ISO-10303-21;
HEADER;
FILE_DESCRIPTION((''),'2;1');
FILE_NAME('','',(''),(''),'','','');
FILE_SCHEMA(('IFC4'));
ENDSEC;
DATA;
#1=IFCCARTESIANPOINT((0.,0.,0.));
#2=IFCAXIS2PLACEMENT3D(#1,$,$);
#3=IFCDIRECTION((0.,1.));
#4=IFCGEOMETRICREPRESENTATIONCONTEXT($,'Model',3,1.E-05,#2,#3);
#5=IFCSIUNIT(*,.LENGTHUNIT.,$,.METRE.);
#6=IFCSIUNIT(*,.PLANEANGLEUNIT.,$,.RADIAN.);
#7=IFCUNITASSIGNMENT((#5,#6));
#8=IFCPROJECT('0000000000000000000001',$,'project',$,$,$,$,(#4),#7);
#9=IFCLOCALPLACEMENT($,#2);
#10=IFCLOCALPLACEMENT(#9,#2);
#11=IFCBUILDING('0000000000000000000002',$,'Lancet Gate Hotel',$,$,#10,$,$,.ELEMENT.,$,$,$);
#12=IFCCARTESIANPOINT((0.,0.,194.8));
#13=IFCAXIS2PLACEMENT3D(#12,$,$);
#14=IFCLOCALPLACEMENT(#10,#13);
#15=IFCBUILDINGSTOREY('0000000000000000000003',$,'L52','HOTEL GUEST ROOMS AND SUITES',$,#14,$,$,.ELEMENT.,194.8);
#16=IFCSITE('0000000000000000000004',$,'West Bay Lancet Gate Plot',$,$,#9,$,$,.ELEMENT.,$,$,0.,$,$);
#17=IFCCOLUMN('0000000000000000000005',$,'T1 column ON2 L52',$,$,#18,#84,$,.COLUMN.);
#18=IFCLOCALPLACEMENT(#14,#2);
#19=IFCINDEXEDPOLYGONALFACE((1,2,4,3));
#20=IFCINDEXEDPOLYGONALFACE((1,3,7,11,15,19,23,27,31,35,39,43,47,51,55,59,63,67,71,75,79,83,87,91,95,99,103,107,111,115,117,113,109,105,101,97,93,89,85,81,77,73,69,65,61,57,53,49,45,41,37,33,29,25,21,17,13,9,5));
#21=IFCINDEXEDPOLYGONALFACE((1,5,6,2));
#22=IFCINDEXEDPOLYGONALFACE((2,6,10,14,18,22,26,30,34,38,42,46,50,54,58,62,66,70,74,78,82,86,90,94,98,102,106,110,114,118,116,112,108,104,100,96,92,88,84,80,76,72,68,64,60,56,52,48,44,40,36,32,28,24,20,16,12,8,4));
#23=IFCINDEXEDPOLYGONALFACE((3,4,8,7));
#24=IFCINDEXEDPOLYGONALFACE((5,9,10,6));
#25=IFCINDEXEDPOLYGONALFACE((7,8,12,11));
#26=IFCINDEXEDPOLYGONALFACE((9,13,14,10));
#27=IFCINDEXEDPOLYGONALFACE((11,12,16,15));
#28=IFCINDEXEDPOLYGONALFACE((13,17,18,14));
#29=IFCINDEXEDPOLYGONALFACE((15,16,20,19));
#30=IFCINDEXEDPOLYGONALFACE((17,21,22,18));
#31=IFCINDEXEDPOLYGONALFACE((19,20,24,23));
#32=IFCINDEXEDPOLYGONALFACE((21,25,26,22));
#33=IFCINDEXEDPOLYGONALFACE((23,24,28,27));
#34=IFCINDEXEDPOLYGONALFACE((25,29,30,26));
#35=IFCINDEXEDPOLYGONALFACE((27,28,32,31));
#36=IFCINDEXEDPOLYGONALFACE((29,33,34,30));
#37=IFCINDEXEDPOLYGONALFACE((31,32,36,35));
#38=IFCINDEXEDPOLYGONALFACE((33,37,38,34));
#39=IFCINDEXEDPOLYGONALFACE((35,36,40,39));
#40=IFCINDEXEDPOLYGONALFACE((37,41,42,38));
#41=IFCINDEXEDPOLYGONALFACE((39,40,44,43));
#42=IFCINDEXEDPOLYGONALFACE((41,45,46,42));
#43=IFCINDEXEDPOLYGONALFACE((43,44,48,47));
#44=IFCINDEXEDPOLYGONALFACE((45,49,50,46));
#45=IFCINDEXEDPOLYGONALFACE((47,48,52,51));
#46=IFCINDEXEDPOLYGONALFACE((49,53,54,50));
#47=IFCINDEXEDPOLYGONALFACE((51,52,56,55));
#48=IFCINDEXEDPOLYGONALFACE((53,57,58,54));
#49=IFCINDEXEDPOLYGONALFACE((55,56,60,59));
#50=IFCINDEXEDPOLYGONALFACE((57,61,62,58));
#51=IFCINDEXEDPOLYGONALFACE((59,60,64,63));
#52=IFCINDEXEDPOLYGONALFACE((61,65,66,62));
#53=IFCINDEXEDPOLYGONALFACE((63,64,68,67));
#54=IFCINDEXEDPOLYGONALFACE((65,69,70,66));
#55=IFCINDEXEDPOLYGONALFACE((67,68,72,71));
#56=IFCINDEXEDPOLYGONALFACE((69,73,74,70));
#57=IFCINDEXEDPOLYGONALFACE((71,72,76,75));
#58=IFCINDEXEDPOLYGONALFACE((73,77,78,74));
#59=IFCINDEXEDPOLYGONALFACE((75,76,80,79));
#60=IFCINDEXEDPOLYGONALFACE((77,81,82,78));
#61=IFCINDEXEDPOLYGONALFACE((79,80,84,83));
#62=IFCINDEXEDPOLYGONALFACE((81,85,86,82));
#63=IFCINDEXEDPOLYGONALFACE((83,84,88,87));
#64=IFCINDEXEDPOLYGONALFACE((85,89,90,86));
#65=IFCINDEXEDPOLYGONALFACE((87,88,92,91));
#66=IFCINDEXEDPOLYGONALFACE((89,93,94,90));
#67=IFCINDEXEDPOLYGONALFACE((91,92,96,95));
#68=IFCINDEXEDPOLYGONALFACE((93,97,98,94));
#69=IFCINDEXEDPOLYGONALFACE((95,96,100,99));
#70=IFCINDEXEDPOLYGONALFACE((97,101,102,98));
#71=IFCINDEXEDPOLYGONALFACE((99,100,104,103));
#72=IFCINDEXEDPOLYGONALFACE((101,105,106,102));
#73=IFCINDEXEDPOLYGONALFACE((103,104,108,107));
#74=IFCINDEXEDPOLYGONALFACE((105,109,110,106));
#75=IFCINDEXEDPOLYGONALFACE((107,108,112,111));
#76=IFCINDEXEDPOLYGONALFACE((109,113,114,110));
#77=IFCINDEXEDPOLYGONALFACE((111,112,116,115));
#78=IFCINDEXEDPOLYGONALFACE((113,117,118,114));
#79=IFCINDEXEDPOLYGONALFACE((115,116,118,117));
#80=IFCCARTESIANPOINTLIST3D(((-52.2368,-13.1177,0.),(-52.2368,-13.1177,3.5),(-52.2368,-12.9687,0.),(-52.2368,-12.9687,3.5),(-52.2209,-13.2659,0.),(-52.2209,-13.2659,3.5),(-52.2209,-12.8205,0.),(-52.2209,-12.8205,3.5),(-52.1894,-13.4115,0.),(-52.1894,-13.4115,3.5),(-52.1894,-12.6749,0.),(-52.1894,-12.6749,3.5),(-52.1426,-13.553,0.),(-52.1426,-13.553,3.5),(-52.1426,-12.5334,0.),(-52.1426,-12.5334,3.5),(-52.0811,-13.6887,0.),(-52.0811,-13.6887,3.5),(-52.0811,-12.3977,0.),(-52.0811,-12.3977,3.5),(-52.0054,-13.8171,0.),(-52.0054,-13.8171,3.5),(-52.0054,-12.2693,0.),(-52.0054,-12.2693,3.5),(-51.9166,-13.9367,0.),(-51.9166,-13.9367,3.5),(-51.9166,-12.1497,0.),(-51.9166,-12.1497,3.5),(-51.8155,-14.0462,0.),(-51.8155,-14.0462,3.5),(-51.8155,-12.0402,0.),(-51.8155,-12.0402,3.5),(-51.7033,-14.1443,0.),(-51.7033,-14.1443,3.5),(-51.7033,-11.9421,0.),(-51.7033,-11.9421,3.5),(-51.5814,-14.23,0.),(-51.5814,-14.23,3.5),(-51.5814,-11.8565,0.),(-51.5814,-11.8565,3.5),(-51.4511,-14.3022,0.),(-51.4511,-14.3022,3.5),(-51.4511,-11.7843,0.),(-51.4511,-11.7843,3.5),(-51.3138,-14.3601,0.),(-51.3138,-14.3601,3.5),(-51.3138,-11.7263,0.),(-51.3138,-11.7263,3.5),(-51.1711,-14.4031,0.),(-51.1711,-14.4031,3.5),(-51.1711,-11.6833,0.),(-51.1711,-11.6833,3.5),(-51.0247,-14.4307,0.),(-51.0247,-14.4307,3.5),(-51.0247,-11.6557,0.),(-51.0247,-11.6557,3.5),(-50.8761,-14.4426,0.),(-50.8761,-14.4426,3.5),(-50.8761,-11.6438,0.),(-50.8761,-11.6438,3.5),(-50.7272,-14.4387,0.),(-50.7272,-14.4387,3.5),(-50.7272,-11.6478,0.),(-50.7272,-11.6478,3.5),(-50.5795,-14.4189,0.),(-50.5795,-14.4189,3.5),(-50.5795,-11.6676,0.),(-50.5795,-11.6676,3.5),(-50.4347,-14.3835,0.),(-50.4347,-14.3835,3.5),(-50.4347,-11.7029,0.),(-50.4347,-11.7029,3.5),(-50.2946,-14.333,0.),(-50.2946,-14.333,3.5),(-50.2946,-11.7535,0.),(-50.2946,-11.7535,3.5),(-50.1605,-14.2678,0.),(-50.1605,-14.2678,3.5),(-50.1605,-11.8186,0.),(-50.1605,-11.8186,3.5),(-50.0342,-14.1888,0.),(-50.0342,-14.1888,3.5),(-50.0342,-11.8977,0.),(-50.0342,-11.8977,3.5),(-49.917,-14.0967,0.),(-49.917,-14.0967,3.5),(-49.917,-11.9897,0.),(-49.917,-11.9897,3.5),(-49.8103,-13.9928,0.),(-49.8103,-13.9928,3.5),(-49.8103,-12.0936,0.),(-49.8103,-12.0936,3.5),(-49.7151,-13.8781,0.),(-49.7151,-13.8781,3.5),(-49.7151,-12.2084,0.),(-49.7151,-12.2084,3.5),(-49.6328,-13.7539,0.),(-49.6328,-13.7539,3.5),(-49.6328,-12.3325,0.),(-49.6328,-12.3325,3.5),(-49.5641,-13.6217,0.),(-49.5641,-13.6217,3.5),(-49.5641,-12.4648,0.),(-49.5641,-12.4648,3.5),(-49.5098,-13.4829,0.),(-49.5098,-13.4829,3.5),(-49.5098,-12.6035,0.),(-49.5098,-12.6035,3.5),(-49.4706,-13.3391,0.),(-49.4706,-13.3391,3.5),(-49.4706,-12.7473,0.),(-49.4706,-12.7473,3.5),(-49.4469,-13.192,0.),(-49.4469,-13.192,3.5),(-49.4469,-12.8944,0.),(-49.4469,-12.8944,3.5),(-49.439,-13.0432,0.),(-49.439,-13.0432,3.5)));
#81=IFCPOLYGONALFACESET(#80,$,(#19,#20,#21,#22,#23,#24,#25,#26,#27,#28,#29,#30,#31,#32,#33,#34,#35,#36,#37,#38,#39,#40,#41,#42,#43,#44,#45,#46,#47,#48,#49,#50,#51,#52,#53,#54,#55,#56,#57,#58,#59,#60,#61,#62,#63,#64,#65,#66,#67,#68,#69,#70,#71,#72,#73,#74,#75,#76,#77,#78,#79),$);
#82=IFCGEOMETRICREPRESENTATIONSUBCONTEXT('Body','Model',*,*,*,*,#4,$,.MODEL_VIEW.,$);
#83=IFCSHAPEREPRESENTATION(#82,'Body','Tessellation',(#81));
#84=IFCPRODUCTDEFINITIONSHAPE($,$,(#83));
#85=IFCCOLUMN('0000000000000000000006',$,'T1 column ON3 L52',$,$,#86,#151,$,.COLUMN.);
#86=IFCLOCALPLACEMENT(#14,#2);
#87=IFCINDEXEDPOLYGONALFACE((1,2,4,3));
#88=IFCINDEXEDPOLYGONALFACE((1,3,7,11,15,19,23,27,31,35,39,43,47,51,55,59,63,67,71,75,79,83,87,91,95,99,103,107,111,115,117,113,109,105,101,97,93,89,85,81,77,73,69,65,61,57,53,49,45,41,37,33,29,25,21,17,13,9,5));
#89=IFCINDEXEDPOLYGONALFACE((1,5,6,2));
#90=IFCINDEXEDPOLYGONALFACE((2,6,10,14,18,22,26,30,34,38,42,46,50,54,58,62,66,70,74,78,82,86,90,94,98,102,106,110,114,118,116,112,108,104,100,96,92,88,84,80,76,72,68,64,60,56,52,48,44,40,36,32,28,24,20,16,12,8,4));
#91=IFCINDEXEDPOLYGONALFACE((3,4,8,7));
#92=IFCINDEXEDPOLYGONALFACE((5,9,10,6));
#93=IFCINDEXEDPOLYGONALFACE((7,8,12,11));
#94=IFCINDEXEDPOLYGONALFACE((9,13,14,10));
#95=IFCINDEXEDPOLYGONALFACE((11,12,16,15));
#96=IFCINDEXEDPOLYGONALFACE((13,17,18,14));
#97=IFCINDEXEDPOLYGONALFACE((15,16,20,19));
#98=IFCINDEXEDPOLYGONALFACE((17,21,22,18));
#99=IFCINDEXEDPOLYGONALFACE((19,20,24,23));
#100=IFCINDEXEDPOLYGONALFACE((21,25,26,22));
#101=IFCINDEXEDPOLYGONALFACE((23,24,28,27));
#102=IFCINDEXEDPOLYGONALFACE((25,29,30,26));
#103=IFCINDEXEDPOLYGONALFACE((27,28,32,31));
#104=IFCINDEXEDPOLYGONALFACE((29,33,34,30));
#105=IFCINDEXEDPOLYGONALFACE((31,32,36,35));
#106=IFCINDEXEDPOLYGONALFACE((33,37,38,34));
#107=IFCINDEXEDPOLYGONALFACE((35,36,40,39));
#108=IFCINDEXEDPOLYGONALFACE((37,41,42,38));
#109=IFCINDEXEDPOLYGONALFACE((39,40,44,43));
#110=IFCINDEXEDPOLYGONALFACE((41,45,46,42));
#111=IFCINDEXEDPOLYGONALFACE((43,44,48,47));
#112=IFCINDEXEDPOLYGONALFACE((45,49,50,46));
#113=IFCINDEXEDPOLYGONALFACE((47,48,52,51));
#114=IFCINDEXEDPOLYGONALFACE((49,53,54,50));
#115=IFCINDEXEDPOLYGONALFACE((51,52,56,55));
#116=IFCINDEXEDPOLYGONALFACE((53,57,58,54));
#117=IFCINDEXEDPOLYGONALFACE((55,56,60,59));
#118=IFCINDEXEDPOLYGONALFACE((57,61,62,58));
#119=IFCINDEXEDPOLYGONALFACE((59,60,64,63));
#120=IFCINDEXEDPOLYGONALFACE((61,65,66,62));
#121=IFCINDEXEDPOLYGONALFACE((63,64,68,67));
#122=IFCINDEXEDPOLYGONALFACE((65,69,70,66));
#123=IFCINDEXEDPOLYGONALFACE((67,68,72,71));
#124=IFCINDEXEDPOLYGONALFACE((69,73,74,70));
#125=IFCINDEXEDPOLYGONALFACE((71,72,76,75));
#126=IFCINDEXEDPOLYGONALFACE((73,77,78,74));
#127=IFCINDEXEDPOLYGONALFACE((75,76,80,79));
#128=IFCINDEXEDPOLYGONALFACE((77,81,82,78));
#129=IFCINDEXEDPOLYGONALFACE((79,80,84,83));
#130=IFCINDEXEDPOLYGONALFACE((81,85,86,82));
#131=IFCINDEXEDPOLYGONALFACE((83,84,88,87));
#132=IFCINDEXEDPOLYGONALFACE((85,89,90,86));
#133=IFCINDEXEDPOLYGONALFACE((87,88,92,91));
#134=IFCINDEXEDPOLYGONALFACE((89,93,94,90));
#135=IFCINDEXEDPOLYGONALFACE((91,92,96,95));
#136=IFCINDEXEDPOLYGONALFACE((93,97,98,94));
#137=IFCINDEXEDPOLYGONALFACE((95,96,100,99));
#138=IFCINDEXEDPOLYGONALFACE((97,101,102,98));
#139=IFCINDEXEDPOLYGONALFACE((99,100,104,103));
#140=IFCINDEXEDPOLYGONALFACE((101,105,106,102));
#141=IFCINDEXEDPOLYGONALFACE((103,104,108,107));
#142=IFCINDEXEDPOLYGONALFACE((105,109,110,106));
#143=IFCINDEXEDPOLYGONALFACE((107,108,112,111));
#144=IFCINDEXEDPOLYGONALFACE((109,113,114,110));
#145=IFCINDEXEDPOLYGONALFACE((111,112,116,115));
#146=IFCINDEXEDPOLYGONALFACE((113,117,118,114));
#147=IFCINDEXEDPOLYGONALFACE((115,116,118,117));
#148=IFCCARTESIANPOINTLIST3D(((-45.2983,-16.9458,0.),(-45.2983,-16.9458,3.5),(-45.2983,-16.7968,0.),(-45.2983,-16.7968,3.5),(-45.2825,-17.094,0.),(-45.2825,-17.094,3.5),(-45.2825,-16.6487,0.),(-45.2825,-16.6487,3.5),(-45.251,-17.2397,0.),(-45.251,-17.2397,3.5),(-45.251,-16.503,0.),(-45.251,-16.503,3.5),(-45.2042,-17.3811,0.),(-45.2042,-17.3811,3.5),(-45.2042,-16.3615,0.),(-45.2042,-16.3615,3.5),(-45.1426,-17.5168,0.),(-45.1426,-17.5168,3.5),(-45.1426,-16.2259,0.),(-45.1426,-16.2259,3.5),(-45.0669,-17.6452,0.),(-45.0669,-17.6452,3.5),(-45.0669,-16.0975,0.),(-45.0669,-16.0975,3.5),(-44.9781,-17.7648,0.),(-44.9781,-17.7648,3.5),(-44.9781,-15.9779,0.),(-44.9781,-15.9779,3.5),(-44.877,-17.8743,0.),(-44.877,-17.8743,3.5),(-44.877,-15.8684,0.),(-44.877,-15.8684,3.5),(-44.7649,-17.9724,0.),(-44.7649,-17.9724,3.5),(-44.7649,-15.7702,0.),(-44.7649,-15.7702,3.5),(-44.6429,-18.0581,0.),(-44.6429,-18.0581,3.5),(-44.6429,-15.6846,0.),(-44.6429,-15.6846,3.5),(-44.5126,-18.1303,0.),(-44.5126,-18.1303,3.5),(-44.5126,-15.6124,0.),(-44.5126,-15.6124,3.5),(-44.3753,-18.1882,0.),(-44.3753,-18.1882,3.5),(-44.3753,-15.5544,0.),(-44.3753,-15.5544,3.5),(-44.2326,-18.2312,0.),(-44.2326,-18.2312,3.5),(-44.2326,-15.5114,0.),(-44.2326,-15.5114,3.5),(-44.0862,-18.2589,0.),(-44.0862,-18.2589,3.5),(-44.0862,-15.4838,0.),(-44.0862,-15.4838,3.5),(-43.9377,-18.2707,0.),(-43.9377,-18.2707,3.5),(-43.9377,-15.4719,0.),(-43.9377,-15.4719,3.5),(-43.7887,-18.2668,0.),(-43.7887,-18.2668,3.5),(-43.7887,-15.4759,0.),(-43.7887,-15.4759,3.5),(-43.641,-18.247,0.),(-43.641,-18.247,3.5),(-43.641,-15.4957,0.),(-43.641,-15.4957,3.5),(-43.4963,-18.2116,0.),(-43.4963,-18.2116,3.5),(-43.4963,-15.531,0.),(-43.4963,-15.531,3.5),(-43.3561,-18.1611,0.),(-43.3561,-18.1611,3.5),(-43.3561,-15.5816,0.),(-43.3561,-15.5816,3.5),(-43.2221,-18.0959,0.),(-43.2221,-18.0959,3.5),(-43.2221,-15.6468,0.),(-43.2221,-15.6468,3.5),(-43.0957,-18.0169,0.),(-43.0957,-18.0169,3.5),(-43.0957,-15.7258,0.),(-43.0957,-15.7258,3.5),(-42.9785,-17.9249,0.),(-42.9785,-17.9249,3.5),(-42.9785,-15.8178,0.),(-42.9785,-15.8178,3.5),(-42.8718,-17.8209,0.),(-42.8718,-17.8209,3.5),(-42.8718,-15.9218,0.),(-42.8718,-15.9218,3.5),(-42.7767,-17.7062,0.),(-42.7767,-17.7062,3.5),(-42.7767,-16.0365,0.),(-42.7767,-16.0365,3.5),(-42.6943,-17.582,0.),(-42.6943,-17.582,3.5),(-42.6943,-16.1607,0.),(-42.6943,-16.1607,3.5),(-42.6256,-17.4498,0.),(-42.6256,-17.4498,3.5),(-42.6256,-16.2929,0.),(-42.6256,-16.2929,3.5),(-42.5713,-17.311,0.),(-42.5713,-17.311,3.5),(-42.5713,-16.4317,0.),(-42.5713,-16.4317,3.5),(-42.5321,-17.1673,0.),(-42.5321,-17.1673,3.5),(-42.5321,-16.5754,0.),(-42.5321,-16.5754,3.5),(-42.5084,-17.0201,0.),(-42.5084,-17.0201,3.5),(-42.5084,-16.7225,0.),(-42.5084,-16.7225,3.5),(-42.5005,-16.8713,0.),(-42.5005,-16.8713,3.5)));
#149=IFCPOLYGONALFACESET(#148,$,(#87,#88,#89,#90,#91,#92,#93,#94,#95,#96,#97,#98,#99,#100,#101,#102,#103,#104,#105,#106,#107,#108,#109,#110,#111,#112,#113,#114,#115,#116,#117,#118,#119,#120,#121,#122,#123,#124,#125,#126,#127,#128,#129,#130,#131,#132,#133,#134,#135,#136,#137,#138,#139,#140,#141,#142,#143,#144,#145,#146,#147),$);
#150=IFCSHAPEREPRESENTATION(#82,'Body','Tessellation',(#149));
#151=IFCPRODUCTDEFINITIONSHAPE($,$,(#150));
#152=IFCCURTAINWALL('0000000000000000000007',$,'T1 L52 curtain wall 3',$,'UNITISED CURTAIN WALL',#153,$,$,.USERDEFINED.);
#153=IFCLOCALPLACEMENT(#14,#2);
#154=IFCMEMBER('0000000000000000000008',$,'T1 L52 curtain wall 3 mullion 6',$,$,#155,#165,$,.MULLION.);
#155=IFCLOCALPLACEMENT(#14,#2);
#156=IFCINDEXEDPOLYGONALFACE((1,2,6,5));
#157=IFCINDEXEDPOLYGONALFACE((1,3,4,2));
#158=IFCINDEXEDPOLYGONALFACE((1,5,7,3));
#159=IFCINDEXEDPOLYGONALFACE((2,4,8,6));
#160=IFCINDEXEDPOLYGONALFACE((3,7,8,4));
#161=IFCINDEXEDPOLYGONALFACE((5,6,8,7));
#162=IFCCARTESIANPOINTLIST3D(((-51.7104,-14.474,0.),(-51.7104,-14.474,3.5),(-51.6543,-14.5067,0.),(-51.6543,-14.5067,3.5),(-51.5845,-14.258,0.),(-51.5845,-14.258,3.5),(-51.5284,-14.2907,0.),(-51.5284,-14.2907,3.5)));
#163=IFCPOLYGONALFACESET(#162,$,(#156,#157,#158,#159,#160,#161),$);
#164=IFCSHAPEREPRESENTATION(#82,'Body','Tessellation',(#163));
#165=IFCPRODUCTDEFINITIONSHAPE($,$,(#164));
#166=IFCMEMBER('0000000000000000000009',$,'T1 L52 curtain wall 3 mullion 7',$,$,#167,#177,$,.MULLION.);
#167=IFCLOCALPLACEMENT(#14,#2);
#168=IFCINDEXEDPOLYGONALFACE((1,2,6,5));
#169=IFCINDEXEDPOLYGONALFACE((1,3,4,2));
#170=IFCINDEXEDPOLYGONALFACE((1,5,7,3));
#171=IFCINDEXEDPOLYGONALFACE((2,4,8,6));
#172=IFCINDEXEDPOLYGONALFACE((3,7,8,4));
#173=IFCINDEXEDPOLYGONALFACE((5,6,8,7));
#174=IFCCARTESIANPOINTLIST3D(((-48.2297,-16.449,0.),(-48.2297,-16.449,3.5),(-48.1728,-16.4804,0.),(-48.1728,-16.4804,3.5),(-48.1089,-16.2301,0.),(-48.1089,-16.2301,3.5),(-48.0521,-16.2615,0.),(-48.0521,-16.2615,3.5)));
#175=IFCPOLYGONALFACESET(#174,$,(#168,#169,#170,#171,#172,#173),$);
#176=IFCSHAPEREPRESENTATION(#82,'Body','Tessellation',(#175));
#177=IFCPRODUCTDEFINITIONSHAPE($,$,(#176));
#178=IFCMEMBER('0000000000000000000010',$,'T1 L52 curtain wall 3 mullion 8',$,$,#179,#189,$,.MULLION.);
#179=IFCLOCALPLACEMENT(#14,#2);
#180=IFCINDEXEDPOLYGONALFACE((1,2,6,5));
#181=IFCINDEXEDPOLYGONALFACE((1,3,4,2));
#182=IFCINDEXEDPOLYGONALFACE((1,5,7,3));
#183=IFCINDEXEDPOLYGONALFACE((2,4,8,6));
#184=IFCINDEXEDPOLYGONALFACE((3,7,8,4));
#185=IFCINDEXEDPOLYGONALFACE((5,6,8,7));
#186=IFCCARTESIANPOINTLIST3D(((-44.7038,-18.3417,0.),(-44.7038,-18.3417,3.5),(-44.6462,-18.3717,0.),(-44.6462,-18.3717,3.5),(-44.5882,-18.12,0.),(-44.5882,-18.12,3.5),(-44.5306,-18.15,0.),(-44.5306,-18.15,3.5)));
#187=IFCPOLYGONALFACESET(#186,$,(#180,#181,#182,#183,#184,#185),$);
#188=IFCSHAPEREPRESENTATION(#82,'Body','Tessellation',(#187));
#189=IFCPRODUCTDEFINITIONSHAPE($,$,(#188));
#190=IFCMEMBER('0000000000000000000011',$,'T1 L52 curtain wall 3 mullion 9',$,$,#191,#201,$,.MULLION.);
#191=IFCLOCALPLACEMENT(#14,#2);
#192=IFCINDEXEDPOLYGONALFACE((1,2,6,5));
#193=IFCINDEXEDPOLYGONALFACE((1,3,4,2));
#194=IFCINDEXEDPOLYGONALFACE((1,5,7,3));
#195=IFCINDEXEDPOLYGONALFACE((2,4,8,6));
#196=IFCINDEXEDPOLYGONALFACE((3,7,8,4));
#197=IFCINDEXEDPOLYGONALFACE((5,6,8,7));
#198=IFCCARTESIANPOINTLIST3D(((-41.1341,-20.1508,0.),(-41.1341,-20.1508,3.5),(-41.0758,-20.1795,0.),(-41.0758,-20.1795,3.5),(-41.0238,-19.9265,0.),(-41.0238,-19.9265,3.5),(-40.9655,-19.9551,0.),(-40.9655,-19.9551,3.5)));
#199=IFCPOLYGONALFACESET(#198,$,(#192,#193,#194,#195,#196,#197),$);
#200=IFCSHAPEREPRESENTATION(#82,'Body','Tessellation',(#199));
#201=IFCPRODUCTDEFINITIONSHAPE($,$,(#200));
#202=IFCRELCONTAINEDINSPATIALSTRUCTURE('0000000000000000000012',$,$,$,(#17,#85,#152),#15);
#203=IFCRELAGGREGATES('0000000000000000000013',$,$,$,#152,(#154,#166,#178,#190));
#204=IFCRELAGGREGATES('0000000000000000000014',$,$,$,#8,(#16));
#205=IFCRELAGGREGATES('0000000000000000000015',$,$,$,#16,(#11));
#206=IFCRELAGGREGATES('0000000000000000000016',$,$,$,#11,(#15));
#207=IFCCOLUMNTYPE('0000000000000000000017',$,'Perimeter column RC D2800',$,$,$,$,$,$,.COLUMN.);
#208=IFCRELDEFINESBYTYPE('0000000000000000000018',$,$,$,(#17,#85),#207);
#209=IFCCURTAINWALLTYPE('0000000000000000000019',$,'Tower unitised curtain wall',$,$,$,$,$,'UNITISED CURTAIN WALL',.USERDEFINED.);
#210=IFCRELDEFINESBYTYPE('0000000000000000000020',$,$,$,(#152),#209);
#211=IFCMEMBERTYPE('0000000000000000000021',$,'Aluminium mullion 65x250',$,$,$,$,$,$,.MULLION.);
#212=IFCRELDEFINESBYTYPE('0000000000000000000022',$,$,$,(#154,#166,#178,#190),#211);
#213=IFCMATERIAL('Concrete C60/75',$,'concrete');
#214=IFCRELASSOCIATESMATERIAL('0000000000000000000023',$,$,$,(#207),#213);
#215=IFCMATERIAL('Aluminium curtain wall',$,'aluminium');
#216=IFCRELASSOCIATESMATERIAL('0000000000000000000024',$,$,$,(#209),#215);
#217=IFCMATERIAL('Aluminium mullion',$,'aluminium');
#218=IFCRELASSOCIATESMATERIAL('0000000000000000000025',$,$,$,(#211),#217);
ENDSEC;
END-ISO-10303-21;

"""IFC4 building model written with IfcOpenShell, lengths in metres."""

from ifc_helpers import new_model, si_unit, direction, frame, origin, origin_2d, place, context, subcontext, project, spatial, rectangle, circle, extrude, material, material_profile, profile_set, type_object, element, aggregate, save


model = new_model("IFC4")

# Units and contexts
model_context = context("Model", 3, precision=1e-05, world=origin(), true_north=direction((0.0, 1.0)))
body_context = subcontext(model_context, "Body", "Model", "MODEL_VIEW")
ifc_project = project(units=[si_unit("LENGTHUNIT", "METRE"), si_unit("PLANEANGLEUNIT", "RADIAN")], contexts=[model_context])

# Site, building, storey
site_placement = place(None, origin())
site = spatial("IfcSite", under=ifc_project, at=site_placement, Name="West Bay Lancet Gate Plot", CompositionType="ELEMENT", RefElevation=0.0)
building_placement = place(site_placement, origin())
building = spatial("IfcBuilding", under=site, at=building_placement, Name="Lancet Gate Hotel", CompositionType="ELEMENT")
storey_placement = place(building_placement, frame((0.0, 0.0, 194.8)))
storey = spatial("IfcBuildingStorey", under=building, at=storey_placement, Name="L52", Description="HOTEL GUEST ROOMS AND SUITES", CompositionType="ELEMENT", Elevation=194.8)

# Columns
ifc_material_1 = material(Name="Concrete C60/75", Category="concrete")
ifc_material_profile_1 = material_profile(ifc_material_1, circle(Radius=1.3999, at=origin_2d()), Name="RC D2800")
ifc_profile_set_1 = profile_set([ifc_material_profile_1], Name="Concrete C60/75")
column_type = type_object("IfcColumnType", Name="Perimeter column RC D2800", PredefinedType="COLUMN", material=ifc_profile_set_1)
for number, where, z_axis, x_axis, name in (
    (1, (-50.8389, -13.0432, 0.0), (0.0, 0.0, 1.0), (1.0, 0.0, 0.0), "T1 column ON2 L52"),
    (2, (-43.9004, -16.8713, 0.0), (0.0, 0.0, 1.0), (1.0, 0.0, 0.0), "T1 column ON3 L52"),
):
    element("IfcColumn", number, at=place(storey_placement, frame(where, z_axis=z_axis, x_axis=x_axis)), inside=storey, type_object=column_type, Name=name, PredefinedType="COLUMN", context=body_context, shape_type="SweptSolid", body=[
        extrude(circle(Radius=1.3999, at=origin_2d()), origin(), (0.0, 0.0, 1.0), 3.5),
    ])

# Curtain wall, members
ifc_material_2 = material(Name="Aluminium curtain wall", Category="aluminium")
curtain_wall_type = type_object("IfcCurtainWallType", Name="Tower unitised curtain wall", ElementType="UNITISED CURTAIN WALL", PredefinedType="USERDEFINED", material=ifc_material_2)
curtain_wall_placement = place(storey_placement, origin())
curtain_wall = element("IfcCurtainWall", 3, at=curtain_wall_placement, inside=storey, type_object=curtain_wall_type, Name="T1 L52 curtain wall 3", ObjectType="UNITISED CURTAIN WALL", PredefinedType="USERDEFINED")
ifc_material_3 = material(Name="Aluminium mullion", Category="aluminium")
ifc_material_profile_2 = material_profile(ifc_material_3, rectangle(XDim=0.0649, YDim=0.25, at=origin_2d()), Name="MULLION 65x250")
ifc_profile_set_2 = profile_set([ifc_material_profile_2], Name="Aluminium mullion")
member_type_1 = type_object("IfcMemberType", Name="Aluminium mullion 65x250", PredefinedType="MULLION", material=ifc_profile_set_2)
member_1_placement = place(storey_placement, frame((-51.6194, -14.3823, 0.0), z_axis=(0.0, 0.0, 1.0), x_axis=(0.863969, -0.503545, 0.0)))
member_1 = element("IfcMember", 4, at=member_1_placement, type_object=member_type_1, Name="T1 L52 curtain wall 3 mullion 6", PredefinedType="MULLION", context=body_context, shape_type="SweptSolid", body=[
    extrude(rectangle(XDim=0.0649, YDim=0.25, at=origin_2d()), origin(), (0.0, 0.0, 1.0), 3.5),
])
member_2_placement = place(storey_placement, frame((-48.1409, -16.3552, 0.0), z_axis=(0.0, 0.0, 1.0), x_axis=(0.875574, -0.483084, 0.0)))
member_2 = element("IfcMember", 5, at=member_2_placement, type_object=member_type_1, Name="T1 L52 curtain wall 3 mullion 7", PredefinedType="MULLION", context=body_context, shape_type="SweptSolid", body=[
    extrude(rectangle(XDim=0.0649, YDim=0.25, at=origin_2d()), origin(), (0.0, 0.0, 1.0), 3.5),
])
member_3_placement = place(storey_placement, frame((-44.6172, -18.2458, 0.0), z_axis=(0.0, 0.0, 1.0), x_axis=(0.886694, -0.462356, 0.0)))
member_3 = element("IfcMember", 6, at=member_3_placement, type_object=member_type_1, Name="T1 L52 curtain wall 3 mullion 8", PredefinedType="MULLION", context=body_context, shape_type="SweptSolid", body=[
    extrude(rectangle(XDim=0.0649, YDim=0.25, at=origin_2d()), origin(), (0.0, 0.0, 1.0), 3.5),
])
member_4_placement = place(storey_placement, frame((-41.0498, -20.053, 0.0), z_axis=(0.0, 0.0, 1.0), x_axis=(0.897324, -0.441372, 0.0)))
member_4 = element("IfcMember", 7, at=member_4_placement, type_object=member_type_1, Name="T1 L52 curtain wall 3 mullion 9", PredefinedType="MULLION", context=body_context, shape_type="SweptSolid", body=[
    extrude(rectangle(XDim=0.0649, YDim=0.25, at=origin_2d()), origin(), (0.0, 0.0, 1.0), 3.5),
])

aggregate(curtain_wall, [member_1, member_2, member_3, member_4])

save(model, "model.ifc")
